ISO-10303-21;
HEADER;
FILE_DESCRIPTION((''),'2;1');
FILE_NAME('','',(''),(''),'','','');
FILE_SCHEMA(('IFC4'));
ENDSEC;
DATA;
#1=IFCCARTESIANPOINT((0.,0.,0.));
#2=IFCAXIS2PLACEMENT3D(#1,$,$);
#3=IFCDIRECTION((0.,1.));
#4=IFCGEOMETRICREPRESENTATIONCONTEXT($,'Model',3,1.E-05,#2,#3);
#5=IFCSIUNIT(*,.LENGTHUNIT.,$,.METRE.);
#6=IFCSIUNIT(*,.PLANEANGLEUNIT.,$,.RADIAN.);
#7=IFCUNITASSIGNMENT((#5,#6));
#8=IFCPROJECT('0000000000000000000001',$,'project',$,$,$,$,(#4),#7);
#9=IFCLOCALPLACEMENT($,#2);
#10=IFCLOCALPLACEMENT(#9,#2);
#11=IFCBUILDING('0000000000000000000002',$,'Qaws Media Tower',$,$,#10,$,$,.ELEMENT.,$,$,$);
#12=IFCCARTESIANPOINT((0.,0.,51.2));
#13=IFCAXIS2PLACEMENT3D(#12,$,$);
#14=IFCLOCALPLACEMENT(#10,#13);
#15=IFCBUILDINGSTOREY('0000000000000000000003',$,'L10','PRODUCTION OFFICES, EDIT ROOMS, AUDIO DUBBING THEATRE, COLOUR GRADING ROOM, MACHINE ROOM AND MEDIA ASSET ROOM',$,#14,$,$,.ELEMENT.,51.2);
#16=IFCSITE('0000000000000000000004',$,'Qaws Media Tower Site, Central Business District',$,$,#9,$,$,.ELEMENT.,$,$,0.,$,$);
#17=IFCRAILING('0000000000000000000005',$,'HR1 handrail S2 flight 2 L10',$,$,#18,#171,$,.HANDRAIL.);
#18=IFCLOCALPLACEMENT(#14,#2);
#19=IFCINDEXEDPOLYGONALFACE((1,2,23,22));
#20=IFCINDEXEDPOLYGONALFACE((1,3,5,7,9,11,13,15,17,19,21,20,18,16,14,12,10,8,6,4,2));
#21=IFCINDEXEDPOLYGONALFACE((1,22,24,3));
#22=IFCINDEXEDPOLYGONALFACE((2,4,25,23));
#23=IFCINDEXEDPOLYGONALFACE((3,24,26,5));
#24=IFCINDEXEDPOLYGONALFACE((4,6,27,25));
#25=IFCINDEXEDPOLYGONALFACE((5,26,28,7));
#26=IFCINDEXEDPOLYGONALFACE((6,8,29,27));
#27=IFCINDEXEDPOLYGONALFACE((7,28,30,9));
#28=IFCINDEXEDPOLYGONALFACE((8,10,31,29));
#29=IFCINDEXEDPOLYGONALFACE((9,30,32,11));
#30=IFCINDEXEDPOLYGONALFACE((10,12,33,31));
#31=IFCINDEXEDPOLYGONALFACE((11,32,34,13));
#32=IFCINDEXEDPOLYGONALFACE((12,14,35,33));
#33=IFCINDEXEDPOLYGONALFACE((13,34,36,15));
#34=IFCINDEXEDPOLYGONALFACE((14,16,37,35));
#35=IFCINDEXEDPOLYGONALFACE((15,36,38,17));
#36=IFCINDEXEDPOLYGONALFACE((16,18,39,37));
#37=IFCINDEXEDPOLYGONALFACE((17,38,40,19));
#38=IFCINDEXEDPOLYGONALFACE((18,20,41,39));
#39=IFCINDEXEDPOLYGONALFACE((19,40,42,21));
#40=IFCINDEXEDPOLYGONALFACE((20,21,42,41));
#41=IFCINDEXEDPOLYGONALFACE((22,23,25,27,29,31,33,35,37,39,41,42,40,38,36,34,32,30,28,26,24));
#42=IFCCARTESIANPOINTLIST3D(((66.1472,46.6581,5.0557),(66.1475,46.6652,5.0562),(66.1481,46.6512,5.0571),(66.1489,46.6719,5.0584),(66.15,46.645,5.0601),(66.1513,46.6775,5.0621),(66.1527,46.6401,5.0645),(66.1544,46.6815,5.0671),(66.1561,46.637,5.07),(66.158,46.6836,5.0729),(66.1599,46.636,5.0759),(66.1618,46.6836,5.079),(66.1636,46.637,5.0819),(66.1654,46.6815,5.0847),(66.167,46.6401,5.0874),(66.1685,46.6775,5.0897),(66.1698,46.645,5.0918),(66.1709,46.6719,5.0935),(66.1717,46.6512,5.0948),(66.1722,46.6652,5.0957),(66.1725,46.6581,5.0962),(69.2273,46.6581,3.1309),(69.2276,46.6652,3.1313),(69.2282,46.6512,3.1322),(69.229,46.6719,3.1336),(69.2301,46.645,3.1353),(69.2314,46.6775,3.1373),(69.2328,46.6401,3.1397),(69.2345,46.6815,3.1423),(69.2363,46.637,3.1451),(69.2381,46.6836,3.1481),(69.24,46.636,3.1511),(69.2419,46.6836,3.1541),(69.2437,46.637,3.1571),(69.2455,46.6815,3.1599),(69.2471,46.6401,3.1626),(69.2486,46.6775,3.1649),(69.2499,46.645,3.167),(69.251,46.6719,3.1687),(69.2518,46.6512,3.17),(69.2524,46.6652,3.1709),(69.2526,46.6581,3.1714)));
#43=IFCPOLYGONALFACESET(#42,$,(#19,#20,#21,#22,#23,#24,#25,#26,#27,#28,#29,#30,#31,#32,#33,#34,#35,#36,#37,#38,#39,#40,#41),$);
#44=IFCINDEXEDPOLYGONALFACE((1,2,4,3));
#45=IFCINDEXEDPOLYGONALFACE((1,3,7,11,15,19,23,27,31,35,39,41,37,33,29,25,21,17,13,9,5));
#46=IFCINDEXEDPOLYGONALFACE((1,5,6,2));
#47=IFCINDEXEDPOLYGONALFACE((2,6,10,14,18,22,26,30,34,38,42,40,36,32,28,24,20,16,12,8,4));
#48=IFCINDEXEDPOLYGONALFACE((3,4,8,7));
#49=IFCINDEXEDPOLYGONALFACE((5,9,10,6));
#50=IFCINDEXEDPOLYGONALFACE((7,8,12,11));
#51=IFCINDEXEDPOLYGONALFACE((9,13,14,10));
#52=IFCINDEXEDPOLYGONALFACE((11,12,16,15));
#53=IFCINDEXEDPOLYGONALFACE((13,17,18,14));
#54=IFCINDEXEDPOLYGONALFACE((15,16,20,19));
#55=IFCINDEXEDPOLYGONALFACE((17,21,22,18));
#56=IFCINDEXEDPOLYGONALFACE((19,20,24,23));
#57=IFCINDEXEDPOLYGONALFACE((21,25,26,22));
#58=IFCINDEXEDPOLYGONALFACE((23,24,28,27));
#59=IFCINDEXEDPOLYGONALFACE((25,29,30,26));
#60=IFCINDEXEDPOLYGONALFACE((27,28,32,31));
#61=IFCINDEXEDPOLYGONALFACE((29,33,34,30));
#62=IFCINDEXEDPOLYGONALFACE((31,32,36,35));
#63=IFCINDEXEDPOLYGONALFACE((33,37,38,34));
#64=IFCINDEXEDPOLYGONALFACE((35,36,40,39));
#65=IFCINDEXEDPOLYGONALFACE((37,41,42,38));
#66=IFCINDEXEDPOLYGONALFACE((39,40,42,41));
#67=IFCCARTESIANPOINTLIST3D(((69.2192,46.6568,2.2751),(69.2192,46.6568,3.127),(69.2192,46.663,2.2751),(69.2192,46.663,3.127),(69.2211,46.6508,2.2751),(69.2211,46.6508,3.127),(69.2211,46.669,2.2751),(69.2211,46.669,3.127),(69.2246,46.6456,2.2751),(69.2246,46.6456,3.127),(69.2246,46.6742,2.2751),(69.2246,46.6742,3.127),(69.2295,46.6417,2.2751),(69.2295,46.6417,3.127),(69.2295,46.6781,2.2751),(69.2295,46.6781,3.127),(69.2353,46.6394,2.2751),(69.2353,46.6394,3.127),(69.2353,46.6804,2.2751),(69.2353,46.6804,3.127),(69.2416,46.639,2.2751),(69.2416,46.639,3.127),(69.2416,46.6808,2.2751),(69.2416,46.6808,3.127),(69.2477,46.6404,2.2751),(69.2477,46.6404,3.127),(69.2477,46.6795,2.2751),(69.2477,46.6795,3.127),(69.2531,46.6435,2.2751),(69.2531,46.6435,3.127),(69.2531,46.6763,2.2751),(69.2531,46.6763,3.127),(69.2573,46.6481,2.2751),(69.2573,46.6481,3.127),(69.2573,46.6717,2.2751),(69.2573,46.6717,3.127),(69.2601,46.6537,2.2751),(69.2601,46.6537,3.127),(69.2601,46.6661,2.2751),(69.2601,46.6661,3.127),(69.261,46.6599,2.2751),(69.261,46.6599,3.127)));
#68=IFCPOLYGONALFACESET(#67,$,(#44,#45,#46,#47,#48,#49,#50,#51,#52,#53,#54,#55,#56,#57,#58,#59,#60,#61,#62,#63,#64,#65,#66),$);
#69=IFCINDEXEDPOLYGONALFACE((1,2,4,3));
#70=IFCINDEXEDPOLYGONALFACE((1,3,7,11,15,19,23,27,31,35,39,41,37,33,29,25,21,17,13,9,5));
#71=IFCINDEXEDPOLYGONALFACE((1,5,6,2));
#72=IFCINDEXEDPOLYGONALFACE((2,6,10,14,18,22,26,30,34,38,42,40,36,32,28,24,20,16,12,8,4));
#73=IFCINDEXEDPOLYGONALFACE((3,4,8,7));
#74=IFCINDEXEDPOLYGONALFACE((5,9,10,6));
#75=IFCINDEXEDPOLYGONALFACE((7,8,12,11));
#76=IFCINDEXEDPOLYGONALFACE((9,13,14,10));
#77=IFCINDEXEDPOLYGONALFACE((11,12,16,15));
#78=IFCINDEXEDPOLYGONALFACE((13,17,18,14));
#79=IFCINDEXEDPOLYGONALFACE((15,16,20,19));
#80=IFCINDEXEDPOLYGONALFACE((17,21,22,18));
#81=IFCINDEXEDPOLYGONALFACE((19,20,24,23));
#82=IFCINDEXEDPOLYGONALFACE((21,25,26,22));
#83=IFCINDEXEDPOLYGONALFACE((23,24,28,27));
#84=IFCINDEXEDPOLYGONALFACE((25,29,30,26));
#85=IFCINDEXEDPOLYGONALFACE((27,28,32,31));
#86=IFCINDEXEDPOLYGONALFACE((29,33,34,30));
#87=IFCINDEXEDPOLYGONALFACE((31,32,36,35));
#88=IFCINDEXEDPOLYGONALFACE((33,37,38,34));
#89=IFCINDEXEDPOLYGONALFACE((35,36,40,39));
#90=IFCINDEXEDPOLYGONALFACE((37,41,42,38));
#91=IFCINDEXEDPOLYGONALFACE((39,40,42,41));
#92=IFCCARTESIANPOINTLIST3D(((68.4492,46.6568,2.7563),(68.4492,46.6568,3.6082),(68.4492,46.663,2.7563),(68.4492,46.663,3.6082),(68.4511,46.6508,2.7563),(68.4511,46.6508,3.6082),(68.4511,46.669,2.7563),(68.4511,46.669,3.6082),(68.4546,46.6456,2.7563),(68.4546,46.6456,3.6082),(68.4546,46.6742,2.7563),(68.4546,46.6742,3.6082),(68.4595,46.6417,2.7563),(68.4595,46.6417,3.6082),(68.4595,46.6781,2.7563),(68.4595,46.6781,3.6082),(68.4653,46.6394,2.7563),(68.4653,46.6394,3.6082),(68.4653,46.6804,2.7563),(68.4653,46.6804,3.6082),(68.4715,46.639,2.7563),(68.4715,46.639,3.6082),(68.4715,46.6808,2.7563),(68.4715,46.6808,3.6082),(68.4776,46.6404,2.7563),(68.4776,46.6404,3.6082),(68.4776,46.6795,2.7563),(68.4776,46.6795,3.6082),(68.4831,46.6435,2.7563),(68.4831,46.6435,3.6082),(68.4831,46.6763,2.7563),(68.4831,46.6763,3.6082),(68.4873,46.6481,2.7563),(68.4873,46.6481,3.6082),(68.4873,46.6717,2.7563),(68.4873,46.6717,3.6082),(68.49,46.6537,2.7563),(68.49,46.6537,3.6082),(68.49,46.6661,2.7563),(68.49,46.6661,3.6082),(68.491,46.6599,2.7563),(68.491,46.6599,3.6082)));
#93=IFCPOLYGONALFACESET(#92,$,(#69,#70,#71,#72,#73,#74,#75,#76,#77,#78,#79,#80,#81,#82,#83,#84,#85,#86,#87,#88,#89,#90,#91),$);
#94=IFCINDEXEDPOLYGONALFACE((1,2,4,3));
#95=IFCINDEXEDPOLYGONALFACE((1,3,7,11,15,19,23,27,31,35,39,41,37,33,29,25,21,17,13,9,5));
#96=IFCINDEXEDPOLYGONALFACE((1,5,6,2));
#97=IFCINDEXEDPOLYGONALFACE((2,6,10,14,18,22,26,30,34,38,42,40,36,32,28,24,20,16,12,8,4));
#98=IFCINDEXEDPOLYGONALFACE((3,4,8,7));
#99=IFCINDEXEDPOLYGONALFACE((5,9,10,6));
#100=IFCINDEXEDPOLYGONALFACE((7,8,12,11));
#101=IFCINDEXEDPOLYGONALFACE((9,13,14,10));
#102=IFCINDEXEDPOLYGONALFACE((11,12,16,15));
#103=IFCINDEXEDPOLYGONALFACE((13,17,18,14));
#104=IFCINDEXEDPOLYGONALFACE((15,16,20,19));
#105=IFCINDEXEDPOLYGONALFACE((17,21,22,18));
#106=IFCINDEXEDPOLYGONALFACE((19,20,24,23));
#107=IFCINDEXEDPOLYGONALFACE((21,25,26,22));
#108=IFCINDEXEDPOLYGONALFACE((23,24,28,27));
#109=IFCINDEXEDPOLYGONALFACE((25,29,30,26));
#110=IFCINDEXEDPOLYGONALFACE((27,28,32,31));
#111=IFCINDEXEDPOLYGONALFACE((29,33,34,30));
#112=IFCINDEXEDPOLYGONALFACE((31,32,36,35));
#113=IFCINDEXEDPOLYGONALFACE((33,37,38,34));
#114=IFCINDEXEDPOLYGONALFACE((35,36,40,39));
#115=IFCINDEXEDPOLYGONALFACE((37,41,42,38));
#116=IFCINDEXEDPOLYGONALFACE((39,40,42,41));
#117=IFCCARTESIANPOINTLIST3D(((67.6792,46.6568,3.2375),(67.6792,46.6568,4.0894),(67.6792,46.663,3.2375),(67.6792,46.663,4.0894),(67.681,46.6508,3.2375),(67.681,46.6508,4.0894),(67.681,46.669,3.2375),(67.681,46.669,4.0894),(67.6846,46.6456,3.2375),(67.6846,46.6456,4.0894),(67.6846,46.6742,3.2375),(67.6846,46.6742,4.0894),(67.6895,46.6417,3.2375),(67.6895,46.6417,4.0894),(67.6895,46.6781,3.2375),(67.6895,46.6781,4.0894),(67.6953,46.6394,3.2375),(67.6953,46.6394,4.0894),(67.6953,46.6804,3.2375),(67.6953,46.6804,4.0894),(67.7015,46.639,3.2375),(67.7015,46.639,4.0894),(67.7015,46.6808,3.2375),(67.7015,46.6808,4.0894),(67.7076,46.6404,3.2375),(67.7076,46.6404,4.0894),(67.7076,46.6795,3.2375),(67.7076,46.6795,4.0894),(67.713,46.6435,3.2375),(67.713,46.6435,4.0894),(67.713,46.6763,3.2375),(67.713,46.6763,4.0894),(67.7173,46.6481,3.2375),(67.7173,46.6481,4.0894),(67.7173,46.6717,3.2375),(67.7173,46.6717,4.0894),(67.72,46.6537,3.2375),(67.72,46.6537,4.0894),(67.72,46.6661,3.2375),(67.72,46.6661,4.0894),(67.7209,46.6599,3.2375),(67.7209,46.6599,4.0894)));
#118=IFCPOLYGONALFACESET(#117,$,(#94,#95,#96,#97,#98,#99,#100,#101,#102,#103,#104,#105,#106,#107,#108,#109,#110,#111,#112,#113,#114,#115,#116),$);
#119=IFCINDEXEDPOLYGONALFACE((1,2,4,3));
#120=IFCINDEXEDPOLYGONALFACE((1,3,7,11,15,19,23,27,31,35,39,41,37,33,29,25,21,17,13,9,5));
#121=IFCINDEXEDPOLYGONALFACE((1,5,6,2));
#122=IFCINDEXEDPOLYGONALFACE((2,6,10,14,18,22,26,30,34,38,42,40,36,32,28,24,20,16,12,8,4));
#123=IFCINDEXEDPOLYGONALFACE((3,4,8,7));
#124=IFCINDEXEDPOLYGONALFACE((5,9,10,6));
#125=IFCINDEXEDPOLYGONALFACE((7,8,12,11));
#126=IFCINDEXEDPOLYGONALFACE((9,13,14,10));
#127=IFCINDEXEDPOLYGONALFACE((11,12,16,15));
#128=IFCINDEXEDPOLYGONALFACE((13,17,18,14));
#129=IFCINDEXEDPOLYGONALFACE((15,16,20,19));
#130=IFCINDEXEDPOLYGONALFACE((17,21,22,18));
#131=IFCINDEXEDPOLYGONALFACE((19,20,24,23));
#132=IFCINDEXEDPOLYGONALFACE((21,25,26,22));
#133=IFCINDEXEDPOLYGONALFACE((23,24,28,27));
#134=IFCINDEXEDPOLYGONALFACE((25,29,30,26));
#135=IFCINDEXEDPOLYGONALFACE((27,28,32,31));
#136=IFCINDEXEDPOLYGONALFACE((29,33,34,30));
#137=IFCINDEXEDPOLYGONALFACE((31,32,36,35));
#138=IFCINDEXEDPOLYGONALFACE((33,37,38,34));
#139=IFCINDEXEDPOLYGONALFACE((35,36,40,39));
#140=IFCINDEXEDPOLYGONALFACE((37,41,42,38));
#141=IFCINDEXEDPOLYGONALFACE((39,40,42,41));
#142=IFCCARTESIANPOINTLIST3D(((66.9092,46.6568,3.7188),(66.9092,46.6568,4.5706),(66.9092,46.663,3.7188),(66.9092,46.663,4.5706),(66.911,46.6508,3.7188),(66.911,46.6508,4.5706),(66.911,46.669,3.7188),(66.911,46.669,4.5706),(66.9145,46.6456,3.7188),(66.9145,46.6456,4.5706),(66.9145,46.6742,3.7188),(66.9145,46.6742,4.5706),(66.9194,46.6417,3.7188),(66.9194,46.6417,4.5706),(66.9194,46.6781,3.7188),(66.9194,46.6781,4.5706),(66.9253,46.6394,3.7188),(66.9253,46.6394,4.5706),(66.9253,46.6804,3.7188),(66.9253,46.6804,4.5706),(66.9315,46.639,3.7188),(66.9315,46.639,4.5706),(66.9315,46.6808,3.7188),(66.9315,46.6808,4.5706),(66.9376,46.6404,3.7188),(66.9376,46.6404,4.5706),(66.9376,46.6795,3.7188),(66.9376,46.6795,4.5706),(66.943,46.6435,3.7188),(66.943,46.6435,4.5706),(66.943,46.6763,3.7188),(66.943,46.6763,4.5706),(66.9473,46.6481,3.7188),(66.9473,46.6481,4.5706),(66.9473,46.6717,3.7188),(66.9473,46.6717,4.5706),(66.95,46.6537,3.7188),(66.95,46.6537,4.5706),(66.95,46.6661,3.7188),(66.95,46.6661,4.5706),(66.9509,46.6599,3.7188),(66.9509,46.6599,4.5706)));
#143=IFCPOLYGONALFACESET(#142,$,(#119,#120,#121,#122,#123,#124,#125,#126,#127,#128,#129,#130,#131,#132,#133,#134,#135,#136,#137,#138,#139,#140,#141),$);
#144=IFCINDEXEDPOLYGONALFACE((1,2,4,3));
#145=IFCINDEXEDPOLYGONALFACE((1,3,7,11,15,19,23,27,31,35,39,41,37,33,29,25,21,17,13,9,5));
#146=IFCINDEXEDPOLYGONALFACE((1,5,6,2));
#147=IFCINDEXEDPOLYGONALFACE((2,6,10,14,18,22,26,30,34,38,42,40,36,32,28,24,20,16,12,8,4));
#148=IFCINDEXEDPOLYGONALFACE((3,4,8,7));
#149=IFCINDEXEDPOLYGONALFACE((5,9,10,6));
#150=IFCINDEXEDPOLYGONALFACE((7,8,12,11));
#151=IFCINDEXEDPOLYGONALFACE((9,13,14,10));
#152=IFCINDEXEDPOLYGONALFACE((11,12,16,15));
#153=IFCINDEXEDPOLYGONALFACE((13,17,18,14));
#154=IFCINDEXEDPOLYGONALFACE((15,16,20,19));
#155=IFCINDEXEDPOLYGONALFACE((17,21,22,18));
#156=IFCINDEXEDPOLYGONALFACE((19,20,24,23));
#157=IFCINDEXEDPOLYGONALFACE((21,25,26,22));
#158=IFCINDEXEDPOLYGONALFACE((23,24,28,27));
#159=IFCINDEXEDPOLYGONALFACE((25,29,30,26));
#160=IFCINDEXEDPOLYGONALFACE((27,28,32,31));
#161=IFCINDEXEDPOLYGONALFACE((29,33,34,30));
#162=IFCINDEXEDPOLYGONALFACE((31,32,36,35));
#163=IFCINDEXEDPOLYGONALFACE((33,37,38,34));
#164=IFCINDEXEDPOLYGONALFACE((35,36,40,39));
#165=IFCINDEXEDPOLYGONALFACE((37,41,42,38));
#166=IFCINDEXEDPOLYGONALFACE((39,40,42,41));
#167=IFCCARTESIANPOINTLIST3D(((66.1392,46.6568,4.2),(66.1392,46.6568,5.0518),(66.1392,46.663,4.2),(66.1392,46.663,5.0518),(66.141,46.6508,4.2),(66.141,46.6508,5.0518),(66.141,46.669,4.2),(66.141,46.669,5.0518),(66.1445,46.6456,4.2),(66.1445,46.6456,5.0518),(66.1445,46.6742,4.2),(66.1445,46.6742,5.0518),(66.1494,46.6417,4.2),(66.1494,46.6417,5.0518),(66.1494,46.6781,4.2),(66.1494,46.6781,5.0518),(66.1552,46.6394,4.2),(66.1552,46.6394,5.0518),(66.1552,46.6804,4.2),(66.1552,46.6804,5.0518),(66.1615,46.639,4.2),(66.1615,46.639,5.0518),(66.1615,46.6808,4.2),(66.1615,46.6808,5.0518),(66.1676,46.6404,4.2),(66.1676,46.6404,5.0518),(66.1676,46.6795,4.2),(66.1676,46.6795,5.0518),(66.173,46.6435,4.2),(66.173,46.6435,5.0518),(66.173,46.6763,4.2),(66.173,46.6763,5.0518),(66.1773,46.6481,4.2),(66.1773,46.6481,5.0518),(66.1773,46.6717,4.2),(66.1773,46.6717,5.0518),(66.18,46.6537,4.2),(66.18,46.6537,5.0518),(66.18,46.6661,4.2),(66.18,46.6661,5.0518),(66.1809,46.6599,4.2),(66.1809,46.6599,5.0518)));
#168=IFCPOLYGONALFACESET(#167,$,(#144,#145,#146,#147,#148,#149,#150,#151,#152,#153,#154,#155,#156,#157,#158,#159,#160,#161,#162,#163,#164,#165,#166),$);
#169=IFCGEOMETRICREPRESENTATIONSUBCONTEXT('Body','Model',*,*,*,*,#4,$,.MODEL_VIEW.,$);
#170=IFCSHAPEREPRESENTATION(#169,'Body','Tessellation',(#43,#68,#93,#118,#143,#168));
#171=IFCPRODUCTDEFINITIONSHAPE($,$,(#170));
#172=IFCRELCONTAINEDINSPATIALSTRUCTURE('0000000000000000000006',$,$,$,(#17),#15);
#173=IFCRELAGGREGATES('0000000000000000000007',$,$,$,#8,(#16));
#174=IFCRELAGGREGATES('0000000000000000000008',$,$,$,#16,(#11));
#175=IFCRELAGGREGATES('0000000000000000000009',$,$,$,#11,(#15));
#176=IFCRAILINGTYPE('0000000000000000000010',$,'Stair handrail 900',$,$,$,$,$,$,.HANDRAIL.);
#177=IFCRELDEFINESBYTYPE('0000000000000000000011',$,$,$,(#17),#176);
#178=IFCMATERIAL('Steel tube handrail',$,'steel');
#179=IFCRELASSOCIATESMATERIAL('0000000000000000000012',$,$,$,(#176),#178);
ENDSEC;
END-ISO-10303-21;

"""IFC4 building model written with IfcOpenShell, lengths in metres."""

from ifc_helpers import new_model, si_unit, direction, frame, origin, origin_2d, place, context, subcontext, project, spatial, circle, extrude, material, type_object, element, save


model = new_model("IFC4")

# Units and contexts
model_context = context("Model", 3, precision=1e-05, world=origin(), true_north=direction((0.0, 1.0)))
body_context = subcontext(model_context, "Body", "Model", "MODEL_VIEW")
ifc_project = project(units=[si_unit("LENGTHUNIT", "METRE"), si_unit("PLANEANGLEUNIT", "RADIAN")], contexts=[model_context])

# Site, building, storey
site_placement = place(None, origin())
site = spatial("IfcSite", under=ifc_project, at=site_placement, Name="Qaws Media Tower Site, Central Business District", CompositionType="ELEMENT", RefElevation=0.0)
building_placement = place(site_placement, origin())
building = spatial("IfcBuilding", under=site, at=building_placement, Name="Qaws Media Tower", CompositionType="ELEMENT")
storey_placement = place(building_placement, frame((0.0, 0.0, 51.2)))
storey = spatial("IfcBuildingStorey", under=building, at=storey_placement, Name="L10", Description="PRODUCTION OFFICES, EDIT ROOMS, AUDIO DUBBING THEATRE, COLOUR GRADING ROOM, MACHINE ROOM AND MEDIA ASSET ROOM", CompositionType="ELEMENT", Elevation=51.2)

# Railing
ifc_material_1 = material(Name="Steel tube handrail", Category="steel")
railing_type = type_object("IfcRailingType", Name="Stair handrail 900", PredefinedType="HANDRAIL", material=ifc_material_1)
for number, where, name in (
    (1, (69.24, 46.6599, 2.2751), "HR1 handrail S2 flight 2 L10"),
):
    element("IfcRailing", number, at=place(storey_placement, frame(where)), inside=storey, type_object=railing_type, Name=name, PredefinedType="HANDRAIL", context=body_context, shape_type="SweptSolid", body=[
        extrude(circle(Radius=0.0239, at=origin_2d()), frame((0.0, 0.0, 0.876), z_axis=(-0.848029, 0.0, 0.529951), x_axis=(0.0, -1.0, 0.0)), (0.0, 0.0, 1.0), 3.6321),
        extrude(circle(Radius=0.021, at=origin_2d()), origin(), (0.0, 0.0, 1.0), 0.8518),
        extrude(circle(Radius=0.021, at=origin_2d()), frame((-0.77, 0.0, 0.4812)), (0.0, 0.0, 1.0), 0.8518),
        extrude(circle(Radius=0.021, at=origin_2d()), frame((-1.54, 0.0, 0.9624)), (0.0, 0.0, 1.0), 0.8518),
        extrude(circle(Radius=0.021, at=origin_2d()), frame((-2.3101, 0.0, 1.4436)), (0.0, 0.0, 1.0), 0.8518),
        extrude(circle(Radius=0.021, at=origin_2d()), frame((-3.0801, 0.0, 1.9248)), (0.0, 0.0, 1.0), 0.8518),
    ])

save(model, "model.ifc")
